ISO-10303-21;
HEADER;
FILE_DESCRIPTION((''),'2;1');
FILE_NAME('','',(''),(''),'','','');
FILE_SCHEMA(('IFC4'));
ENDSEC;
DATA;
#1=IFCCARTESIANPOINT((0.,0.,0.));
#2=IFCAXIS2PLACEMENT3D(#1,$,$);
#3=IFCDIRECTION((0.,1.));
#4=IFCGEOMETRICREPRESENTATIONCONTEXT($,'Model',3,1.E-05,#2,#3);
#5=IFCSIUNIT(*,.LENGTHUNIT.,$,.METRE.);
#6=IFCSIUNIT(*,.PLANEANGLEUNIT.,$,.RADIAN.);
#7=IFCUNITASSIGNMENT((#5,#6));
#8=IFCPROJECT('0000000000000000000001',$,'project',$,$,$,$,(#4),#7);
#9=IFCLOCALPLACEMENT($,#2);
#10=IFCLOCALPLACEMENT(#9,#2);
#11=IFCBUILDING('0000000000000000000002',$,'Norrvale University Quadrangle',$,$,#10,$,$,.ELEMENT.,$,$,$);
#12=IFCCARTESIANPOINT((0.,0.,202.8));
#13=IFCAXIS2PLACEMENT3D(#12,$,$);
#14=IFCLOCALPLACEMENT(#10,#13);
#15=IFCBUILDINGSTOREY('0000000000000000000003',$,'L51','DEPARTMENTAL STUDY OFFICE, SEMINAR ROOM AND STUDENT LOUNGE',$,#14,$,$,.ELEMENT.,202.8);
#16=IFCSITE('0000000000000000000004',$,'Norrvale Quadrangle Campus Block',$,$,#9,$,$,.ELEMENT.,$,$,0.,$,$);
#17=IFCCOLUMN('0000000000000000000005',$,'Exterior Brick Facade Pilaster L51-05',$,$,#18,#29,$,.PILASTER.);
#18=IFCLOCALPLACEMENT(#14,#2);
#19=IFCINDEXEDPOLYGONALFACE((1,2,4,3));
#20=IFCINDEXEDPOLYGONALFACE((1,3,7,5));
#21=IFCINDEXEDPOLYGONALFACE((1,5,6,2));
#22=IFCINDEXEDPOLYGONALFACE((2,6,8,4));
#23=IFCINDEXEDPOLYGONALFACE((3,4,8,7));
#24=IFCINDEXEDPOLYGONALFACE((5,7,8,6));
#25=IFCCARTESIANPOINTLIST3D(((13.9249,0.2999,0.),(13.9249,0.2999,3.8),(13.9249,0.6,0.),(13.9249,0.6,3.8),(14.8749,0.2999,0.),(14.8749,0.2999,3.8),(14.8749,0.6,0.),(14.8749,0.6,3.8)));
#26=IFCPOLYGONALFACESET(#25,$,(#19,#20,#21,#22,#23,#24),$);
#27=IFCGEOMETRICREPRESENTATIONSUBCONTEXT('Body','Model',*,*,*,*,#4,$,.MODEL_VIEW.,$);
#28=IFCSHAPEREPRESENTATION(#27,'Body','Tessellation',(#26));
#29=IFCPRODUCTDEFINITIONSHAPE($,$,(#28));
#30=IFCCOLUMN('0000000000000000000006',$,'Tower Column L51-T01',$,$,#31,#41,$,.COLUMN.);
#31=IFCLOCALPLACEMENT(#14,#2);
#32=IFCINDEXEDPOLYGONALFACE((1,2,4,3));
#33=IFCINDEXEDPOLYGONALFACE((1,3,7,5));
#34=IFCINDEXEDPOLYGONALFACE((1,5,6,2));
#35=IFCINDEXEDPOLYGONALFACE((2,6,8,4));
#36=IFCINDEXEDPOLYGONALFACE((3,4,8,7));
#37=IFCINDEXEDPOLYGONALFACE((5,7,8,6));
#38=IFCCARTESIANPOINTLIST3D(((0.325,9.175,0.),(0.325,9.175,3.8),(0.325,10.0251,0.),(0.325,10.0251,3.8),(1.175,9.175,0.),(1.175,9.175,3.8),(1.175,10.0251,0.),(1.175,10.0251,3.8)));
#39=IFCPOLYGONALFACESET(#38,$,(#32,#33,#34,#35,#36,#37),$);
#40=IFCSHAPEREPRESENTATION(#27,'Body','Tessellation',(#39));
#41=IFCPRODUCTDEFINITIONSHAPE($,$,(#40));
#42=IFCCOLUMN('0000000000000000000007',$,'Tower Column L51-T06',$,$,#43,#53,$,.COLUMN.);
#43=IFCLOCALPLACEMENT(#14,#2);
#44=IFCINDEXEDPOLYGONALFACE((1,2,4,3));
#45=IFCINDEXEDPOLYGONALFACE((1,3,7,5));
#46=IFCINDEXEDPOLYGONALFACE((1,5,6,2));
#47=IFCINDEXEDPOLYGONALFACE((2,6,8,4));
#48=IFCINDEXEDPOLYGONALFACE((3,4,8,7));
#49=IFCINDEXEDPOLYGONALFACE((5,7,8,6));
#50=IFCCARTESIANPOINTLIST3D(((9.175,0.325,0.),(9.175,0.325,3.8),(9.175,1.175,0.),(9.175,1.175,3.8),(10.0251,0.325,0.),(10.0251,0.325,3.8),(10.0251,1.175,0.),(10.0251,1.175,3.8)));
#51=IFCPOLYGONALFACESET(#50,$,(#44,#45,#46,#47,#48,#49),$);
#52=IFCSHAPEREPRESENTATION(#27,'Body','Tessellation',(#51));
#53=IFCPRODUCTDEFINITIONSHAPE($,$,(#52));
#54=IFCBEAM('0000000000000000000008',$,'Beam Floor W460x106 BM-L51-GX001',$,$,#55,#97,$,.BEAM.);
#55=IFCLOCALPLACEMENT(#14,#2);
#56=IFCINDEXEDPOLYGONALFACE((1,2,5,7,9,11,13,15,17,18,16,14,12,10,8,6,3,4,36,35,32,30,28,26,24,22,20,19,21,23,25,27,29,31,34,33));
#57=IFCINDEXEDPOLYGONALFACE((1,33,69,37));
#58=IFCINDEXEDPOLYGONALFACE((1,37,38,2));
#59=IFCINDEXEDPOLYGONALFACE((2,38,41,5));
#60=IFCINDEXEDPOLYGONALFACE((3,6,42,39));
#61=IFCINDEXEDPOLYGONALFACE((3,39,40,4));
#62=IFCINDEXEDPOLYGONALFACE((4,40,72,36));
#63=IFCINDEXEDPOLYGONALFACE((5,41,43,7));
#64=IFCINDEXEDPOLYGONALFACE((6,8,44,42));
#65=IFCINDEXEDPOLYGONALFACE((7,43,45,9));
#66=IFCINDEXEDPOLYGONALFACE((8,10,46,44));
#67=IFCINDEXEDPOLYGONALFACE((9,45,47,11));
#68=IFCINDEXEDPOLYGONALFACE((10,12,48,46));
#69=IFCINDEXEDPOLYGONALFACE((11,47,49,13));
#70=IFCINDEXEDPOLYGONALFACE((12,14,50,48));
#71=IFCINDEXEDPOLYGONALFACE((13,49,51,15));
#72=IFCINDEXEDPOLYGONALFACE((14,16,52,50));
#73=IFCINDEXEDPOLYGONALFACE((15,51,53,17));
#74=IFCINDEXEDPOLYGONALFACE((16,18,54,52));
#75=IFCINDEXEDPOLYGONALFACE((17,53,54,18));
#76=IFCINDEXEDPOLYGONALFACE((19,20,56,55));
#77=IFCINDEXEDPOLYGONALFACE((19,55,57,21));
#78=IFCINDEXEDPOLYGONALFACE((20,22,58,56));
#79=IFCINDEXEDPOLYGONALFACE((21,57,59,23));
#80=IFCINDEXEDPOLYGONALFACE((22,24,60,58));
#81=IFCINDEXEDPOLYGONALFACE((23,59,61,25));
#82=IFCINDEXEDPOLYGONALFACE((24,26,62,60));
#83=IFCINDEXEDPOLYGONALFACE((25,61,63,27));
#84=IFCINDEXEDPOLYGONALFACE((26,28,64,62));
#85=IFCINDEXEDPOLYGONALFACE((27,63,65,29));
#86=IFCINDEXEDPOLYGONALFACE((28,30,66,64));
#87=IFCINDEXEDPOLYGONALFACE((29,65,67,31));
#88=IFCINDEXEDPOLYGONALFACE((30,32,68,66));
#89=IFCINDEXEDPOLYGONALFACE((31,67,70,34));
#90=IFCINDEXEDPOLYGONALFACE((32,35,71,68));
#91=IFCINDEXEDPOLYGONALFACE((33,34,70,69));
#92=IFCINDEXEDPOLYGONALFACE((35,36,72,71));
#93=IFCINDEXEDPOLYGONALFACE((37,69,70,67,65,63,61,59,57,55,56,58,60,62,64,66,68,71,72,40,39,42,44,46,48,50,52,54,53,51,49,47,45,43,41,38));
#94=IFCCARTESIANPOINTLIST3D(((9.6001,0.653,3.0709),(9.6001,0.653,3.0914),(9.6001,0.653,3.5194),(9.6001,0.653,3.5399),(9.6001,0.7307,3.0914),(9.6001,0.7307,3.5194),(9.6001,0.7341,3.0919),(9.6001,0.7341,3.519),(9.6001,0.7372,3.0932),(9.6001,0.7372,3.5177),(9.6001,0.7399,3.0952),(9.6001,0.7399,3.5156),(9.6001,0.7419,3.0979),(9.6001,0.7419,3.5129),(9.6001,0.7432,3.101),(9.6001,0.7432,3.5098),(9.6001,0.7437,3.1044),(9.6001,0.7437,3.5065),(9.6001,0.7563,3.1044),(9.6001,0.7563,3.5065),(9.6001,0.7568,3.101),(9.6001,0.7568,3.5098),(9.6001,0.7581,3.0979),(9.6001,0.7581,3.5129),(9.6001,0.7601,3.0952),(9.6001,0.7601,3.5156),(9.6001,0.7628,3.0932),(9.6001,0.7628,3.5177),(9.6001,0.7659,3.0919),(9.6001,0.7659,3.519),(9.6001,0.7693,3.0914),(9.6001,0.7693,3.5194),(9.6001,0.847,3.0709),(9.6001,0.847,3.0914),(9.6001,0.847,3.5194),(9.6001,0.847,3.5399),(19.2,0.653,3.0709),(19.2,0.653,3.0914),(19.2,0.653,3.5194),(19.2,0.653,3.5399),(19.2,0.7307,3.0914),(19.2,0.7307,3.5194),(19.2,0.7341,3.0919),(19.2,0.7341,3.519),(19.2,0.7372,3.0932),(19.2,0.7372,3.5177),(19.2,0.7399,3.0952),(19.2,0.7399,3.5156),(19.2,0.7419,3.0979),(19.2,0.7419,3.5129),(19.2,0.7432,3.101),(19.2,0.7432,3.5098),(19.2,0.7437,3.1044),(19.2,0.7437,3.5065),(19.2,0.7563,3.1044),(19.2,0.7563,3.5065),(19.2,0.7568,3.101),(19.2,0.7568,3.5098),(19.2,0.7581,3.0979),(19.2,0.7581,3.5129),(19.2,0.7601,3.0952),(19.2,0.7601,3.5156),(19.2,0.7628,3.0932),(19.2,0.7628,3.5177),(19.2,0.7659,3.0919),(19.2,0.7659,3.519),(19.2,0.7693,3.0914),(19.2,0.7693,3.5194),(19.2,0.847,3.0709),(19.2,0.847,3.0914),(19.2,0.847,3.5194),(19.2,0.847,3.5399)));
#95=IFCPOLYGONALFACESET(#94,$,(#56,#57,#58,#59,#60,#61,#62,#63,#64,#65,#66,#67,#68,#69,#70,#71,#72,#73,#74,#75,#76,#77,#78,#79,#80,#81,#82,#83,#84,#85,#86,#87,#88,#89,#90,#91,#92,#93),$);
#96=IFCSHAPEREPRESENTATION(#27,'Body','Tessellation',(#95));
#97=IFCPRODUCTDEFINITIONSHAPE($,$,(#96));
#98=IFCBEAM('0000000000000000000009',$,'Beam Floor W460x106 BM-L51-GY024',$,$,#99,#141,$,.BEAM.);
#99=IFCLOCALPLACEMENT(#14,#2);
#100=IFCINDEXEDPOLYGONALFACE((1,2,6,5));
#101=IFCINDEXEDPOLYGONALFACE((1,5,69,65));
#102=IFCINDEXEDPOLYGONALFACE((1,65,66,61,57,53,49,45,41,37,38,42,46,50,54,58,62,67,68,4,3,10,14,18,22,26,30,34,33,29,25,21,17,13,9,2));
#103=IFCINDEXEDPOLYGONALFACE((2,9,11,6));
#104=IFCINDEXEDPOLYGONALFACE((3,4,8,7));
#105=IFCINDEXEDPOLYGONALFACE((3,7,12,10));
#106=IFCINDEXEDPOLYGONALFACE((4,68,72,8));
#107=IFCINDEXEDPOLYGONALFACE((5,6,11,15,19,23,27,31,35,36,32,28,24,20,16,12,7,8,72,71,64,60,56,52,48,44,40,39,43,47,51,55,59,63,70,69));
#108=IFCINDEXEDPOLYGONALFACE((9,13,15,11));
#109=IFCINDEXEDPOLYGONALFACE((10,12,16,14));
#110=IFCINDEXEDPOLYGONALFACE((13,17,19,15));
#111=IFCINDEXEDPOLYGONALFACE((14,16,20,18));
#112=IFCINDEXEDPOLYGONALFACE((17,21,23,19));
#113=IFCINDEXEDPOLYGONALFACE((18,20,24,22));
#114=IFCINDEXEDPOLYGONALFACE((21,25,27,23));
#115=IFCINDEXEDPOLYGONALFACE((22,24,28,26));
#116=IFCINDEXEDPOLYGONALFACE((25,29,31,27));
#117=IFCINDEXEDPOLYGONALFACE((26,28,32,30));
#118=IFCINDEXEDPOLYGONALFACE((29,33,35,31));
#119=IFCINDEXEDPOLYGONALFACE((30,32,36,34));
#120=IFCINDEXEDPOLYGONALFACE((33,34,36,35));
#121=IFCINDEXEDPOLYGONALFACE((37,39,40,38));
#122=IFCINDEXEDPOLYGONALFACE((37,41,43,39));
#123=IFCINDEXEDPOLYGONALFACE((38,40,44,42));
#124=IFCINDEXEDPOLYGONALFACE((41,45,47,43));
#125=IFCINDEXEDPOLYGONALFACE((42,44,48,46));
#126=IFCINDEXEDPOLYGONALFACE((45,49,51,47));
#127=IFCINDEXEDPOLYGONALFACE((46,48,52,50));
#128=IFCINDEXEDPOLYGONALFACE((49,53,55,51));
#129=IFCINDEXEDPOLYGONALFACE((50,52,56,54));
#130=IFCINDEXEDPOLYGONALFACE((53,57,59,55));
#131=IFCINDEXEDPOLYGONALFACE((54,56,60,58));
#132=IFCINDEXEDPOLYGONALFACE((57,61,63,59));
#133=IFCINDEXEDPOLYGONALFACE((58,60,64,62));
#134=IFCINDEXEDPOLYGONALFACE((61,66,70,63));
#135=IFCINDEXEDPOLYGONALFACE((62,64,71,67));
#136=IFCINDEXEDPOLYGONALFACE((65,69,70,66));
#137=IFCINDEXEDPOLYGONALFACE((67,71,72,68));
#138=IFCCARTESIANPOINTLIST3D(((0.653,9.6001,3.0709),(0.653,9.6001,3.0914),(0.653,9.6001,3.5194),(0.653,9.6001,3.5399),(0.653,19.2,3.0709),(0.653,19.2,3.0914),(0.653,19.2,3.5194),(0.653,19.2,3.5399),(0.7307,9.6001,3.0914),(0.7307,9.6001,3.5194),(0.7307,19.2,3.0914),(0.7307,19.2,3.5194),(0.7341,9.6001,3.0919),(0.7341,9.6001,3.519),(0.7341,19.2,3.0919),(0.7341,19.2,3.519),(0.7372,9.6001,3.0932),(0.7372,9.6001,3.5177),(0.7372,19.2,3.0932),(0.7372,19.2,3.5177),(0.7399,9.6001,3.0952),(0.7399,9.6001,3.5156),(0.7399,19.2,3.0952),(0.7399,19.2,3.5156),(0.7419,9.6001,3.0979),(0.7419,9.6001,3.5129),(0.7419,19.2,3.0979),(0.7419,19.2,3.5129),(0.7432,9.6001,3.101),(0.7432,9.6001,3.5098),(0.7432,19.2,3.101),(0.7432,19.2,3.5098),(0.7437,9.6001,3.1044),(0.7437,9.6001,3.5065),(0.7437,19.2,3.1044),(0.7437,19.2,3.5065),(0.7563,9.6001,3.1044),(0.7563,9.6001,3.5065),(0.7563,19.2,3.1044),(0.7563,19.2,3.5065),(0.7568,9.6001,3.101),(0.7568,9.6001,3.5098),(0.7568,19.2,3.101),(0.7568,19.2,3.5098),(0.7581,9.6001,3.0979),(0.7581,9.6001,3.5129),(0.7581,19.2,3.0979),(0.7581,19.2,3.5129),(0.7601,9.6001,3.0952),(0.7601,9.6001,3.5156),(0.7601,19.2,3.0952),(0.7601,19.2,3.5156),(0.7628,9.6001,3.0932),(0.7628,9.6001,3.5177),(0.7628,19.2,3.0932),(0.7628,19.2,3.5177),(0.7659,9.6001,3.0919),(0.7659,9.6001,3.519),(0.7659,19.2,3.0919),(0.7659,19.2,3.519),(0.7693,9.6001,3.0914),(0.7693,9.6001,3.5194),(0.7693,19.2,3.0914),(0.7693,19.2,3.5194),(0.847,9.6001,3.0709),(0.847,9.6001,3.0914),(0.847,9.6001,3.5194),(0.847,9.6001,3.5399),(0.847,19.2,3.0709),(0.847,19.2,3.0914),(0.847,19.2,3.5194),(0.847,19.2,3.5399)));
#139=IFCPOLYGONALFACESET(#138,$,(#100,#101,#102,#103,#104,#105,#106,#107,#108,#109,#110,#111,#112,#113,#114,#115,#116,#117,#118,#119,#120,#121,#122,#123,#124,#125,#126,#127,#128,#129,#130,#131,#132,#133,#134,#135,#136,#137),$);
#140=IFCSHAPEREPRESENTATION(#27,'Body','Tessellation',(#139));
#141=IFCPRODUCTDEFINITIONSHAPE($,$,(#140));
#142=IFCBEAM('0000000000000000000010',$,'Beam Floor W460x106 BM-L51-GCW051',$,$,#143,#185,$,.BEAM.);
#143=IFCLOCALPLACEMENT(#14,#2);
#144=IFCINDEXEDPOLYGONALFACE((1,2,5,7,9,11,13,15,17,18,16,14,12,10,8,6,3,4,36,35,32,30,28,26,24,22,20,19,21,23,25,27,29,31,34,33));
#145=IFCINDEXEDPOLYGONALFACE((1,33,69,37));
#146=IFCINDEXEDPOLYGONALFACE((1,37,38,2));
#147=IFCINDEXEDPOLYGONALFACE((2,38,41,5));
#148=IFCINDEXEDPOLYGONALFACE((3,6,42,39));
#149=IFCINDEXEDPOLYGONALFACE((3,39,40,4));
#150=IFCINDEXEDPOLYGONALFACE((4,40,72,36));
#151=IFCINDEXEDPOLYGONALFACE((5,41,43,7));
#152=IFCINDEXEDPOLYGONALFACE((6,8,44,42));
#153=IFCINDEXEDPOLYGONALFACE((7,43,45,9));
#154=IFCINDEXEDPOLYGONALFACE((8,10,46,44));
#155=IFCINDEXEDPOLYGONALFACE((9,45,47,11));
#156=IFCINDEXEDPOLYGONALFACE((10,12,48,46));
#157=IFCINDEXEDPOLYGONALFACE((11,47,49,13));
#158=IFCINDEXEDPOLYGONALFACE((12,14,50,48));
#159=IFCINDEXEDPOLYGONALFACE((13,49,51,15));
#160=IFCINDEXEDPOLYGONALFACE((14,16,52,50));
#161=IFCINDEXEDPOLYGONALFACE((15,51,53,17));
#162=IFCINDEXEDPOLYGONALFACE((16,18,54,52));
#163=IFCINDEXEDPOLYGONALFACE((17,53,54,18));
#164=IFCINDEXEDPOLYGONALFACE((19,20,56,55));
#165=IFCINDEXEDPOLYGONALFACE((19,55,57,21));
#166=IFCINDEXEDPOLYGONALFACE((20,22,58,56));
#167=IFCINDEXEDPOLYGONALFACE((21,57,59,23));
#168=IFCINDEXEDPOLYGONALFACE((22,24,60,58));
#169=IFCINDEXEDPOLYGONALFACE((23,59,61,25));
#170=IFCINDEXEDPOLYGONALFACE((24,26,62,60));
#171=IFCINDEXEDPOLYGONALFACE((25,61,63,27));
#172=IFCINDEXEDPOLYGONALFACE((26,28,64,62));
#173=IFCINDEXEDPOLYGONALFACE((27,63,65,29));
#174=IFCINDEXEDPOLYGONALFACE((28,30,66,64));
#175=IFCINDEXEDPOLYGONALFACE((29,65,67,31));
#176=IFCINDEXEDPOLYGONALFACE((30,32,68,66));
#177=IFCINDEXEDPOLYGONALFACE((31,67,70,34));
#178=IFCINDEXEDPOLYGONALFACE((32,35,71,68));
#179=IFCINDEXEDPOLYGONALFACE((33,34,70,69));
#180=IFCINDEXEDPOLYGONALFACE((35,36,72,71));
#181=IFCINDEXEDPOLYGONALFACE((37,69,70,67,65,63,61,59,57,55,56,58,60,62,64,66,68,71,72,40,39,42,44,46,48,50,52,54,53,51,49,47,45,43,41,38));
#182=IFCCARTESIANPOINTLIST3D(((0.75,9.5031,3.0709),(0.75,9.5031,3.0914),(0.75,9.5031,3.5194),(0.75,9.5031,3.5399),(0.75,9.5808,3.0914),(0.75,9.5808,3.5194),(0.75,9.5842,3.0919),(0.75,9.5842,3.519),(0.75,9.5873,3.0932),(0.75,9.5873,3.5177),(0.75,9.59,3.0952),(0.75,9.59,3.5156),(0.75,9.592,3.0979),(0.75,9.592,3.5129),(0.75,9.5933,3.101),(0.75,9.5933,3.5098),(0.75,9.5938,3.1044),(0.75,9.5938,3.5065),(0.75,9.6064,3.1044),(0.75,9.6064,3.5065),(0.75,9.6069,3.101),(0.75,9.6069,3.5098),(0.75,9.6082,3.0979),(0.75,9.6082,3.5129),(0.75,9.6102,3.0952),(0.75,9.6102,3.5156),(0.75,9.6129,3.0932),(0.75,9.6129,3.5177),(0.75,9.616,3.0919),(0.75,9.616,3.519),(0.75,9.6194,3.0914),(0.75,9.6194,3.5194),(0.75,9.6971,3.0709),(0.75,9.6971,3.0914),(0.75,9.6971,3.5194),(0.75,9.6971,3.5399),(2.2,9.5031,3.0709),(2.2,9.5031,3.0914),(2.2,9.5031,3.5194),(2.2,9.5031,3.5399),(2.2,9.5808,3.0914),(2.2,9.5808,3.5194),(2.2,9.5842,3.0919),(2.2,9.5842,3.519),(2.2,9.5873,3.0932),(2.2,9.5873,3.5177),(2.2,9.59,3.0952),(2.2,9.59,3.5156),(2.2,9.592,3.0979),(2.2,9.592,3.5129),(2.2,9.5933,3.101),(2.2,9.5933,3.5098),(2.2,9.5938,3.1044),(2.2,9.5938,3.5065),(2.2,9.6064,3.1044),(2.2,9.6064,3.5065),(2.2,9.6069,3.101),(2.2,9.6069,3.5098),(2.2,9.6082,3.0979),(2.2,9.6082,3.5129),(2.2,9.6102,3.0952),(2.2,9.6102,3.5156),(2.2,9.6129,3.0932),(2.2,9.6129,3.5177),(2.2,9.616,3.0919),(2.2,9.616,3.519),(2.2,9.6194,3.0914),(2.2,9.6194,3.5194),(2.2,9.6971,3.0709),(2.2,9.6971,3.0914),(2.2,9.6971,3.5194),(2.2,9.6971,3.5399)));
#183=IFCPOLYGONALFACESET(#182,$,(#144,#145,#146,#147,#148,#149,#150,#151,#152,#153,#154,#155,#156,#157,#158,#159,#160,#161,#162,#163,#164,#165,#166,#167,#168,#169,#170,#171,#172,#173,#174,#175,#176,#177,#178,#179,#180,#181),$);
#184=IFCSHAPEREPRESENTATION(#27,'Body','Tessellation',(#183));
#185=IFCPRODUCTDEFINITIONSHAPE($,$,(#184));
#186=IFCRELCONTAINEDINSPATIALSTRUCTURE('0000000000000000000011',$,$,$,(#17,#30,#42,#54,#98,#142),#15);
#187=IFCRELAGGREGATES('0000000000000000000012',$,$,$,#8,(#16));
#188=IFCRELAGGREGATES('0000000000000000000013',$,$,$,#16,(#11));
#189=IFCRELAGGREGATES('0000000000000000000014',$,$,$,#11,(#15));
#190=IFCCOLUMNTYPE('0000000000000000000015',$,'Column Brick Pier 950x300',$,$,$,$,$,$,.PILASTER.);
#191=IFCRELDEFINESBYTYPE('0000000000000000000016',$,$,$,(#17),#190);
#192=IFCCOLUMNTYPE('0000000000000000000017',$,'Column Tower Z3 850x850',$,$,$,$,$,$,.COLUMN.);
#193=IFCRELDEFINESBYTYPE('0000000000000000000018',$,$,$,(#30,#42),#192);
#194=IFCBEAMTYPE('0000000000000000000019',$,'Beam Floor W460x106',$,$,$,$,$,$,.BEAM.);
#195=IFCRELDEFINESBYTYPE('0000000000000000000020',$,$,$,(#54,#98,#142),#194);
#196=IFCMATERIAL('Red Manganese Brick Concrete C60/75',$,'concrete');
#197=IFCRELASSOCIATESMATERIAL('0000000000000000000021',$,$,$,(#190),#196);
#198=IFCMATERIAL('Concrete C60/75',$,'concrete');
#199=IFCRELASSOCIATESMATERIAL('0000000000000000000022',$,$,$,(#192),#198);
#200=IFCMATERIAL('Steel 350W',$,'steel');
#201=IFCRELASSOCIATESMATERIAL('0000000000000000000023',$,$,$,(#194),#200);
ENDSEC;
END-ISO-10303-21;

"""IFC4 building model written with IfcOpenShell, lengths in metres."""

from ifc_helpers import new_model, si_unit, direction, frame, origin, origin_2d, place, context, subcontext, project, spatial, rectangle, i_section, extrude, material, material_profile, profile_set, type_object, element, save


model = new_model("IFC4")

# Units and contexts
model_context = context("Model", 3, precision=1e-05, world=origin(), true_north=direction((0.0, 1.0)))
body_context = subcontext(model_context, "Body", "Model", "MODEL_VIEW")
ifc_project = project(units=[si_unit("LENGTHUNIT", "METRE"), si_unit("PLANEANGLEUNIT", "RADIAN")], contexts=[model_context])

# Site, building, storey
site_placement = place(None, origin())
site = spatial("IfcSite", under=ifc_project, at=site_placement, Name="Norrvale Quadrangle Campus Block", CompositionType="ELEMENT", RefElevation=0.0)
building_placement = place(site_placement, origin())
building = spatial("IfcBuilding", under=site, at=building_placement, Name="Norrvale University Quadrangle", CompositionType="ELEMENT")
storey_placement = place(building_placement, frame((0.0, 0.0, 202.8)))
storey = spatial("IfcBuildingStorey", under=building, at=storey_placement, Name="L51", Description="DEPARTMENTAL STUDY OFFICE, SEMINAR ROOM AND STUDENT LOUNGE", CompositionType="ELEMENT", Elevation=202.8)

# Columns
ifc_material_1 = material(Name="Red Manganese Brick Concrete C60/75", Category="concrete")
ifc_material_profile_1 = material_profile(ifc_material_1, rectangle(XDim=0.95, YDim=0.3, at=origin_2d()), Name="Red Manganese Brick Concrete C60/75")
ifc_profile_set_1 = profile_set([ifc_material_profile_1], Name="Red Manganese Brick Concrete C60/75")
column_type_1 = type_object("IfcColumnType", Name="Column Brick Pier 950x300", PredefinedType="PILASTER", material=ifc_profile_set_1)
column_placement = place(storey_placement, frame((14.3999, 0.45, 0.0), z_axis=(0.0, 0.0, 1.0), x_axis=(1.0, 0.0, 0.0)))
element("IfcColumn", 1, at=column_placement, inside=storey, type_object=column_type_1, Name="Exterior Brick Facade Pilaster L51-05", PredefinedType="PILASTER", context=body_context, shape_type="SweptSolid", body=[
    extrude(rectangle(XDim=0.95, YDim=0.3, at=origin_2d()), origin(), (0.0, 0.0, 1.0), 3.8),
])
ifc_material_2 = material(Name="Concrete C60/75", Category="concrete")
ifc_material_profile_2 = material_profile(ifc_material_2, rectangle(XDim=0.8501, YDim=0.8501, at=origin_2d()), Name="Concrete C60/75")
ifc_profile_set_2 = profile_set([ifc_material_profile_2], Name="Concrete C60/75")
column_type_2 = type_object("IfcColumnType", Name="Column Tower Z3 850x850", PredefinedType="COLUMN", material=ifc_profile_set_2)
for number, where, z_axis, x_axis, name in (
    (2, (0.75, 9.6001, 0.0), (0.0, 0.0, 1.0), (1.0, 0.0, 0.0), "Tower Column L51-T01"),
    (3, (9.6001, 0.75, 0.0), (0.0, 0.0, 1.0), (1.0, 0.0, 0.0), "Tower Column L51-T06"),
):
    element("IfcColumn", number, at=place(storey_placement, frame(where, z_axis=z_axis, x_axis=x_axis)), inside=storey, type_object=column_type_2, Name=name, PredefinedType="COLUMN", context=body_context, shape_type="SweptSolid", body=[
        extrude(rectangle(XDim=0.8501, YDim=0.8501, at=origin_2d()), origin(), (0.0, 0.0, 1.0), 3.8),
    ])

# Beams
ifc_material_3 = material(Name="Steel 350W", Category="steel")
ifc_material_profile_3 = material_profile(ifc_material_3, i_section(OverallWidth=0.1941, OverallDepth=0.469, WebThickness=0.0127, FlangeThickness=0.0205, FilletRadius=0.0129, at=origin_2d()), Name="Steel 350W")
ifc_profile_set_3 = profile_set([ifc_material_profile_3], Name="Steel 350W")
beam_type_1 = type_object("IfcBeamType", Name="Beam Floor W460x106", PredefinedType="BEAM", material=ifc_profile_set_3)
for number, where, z_axis, x_axis, name in (
    (4, (9.6001, 0.75, 3.3054), (1.0, 0.0, 0.0), (0.0, 1.0, 0.0), "Beam Floor W460x106 BM-L51-GX001"),
    (5, (0.75, 9.6001, 3.3054), (0.0, 1.0, 0.0), (-1.0, 0.0, 0.0), "Beam Floor W460x106 BM-L51-GY024"),
):
    element("IfcBeam", number, at=place(storey_placement, frame(where, z_axis=z_axis, x_axis=x_axis)), inside=storey, type_object=beam_type_1, Name=name, PredefinedType="BEAM", context=body_context, shape_type="SweptSolid", body=[
        extrude(i_section(OverallWidth=0.1941, OverallDepth=0.469, WebThickness=0.0127, FlangeThickness=0.0205, FilletRadius=0.0129, at=origin_2d()), origin(), (0.0, 0.0, 1.0), 9.5999),
    ])
beam_1_placement = place(storey_placement, frame((0.75, 9.6001, 3.3054), z_axis=(1.0, 0.0, 0.0), x_axis=(0.0, 1.0, 0.0)))
element("IfcBeam", 6, at=beam_1_placement, inside=storey, type_object=beam_type_1, Name="Beam Floor W460x106 BM-L51-GCW051", PredefinedType="BEAM", context=body_context, shape_type="SweptSolid", body=[
    extrude(i_section(OverallWidth=0.1941, OverallDepth=0.469, WebThickness=0.0127, FlangeThickness=0.0205, FilletRadius=0.0129, at=origin_2d()), origin(), (0.0, 0.0, 1.0), 1.45),
])

save(model, "model.ifc")
